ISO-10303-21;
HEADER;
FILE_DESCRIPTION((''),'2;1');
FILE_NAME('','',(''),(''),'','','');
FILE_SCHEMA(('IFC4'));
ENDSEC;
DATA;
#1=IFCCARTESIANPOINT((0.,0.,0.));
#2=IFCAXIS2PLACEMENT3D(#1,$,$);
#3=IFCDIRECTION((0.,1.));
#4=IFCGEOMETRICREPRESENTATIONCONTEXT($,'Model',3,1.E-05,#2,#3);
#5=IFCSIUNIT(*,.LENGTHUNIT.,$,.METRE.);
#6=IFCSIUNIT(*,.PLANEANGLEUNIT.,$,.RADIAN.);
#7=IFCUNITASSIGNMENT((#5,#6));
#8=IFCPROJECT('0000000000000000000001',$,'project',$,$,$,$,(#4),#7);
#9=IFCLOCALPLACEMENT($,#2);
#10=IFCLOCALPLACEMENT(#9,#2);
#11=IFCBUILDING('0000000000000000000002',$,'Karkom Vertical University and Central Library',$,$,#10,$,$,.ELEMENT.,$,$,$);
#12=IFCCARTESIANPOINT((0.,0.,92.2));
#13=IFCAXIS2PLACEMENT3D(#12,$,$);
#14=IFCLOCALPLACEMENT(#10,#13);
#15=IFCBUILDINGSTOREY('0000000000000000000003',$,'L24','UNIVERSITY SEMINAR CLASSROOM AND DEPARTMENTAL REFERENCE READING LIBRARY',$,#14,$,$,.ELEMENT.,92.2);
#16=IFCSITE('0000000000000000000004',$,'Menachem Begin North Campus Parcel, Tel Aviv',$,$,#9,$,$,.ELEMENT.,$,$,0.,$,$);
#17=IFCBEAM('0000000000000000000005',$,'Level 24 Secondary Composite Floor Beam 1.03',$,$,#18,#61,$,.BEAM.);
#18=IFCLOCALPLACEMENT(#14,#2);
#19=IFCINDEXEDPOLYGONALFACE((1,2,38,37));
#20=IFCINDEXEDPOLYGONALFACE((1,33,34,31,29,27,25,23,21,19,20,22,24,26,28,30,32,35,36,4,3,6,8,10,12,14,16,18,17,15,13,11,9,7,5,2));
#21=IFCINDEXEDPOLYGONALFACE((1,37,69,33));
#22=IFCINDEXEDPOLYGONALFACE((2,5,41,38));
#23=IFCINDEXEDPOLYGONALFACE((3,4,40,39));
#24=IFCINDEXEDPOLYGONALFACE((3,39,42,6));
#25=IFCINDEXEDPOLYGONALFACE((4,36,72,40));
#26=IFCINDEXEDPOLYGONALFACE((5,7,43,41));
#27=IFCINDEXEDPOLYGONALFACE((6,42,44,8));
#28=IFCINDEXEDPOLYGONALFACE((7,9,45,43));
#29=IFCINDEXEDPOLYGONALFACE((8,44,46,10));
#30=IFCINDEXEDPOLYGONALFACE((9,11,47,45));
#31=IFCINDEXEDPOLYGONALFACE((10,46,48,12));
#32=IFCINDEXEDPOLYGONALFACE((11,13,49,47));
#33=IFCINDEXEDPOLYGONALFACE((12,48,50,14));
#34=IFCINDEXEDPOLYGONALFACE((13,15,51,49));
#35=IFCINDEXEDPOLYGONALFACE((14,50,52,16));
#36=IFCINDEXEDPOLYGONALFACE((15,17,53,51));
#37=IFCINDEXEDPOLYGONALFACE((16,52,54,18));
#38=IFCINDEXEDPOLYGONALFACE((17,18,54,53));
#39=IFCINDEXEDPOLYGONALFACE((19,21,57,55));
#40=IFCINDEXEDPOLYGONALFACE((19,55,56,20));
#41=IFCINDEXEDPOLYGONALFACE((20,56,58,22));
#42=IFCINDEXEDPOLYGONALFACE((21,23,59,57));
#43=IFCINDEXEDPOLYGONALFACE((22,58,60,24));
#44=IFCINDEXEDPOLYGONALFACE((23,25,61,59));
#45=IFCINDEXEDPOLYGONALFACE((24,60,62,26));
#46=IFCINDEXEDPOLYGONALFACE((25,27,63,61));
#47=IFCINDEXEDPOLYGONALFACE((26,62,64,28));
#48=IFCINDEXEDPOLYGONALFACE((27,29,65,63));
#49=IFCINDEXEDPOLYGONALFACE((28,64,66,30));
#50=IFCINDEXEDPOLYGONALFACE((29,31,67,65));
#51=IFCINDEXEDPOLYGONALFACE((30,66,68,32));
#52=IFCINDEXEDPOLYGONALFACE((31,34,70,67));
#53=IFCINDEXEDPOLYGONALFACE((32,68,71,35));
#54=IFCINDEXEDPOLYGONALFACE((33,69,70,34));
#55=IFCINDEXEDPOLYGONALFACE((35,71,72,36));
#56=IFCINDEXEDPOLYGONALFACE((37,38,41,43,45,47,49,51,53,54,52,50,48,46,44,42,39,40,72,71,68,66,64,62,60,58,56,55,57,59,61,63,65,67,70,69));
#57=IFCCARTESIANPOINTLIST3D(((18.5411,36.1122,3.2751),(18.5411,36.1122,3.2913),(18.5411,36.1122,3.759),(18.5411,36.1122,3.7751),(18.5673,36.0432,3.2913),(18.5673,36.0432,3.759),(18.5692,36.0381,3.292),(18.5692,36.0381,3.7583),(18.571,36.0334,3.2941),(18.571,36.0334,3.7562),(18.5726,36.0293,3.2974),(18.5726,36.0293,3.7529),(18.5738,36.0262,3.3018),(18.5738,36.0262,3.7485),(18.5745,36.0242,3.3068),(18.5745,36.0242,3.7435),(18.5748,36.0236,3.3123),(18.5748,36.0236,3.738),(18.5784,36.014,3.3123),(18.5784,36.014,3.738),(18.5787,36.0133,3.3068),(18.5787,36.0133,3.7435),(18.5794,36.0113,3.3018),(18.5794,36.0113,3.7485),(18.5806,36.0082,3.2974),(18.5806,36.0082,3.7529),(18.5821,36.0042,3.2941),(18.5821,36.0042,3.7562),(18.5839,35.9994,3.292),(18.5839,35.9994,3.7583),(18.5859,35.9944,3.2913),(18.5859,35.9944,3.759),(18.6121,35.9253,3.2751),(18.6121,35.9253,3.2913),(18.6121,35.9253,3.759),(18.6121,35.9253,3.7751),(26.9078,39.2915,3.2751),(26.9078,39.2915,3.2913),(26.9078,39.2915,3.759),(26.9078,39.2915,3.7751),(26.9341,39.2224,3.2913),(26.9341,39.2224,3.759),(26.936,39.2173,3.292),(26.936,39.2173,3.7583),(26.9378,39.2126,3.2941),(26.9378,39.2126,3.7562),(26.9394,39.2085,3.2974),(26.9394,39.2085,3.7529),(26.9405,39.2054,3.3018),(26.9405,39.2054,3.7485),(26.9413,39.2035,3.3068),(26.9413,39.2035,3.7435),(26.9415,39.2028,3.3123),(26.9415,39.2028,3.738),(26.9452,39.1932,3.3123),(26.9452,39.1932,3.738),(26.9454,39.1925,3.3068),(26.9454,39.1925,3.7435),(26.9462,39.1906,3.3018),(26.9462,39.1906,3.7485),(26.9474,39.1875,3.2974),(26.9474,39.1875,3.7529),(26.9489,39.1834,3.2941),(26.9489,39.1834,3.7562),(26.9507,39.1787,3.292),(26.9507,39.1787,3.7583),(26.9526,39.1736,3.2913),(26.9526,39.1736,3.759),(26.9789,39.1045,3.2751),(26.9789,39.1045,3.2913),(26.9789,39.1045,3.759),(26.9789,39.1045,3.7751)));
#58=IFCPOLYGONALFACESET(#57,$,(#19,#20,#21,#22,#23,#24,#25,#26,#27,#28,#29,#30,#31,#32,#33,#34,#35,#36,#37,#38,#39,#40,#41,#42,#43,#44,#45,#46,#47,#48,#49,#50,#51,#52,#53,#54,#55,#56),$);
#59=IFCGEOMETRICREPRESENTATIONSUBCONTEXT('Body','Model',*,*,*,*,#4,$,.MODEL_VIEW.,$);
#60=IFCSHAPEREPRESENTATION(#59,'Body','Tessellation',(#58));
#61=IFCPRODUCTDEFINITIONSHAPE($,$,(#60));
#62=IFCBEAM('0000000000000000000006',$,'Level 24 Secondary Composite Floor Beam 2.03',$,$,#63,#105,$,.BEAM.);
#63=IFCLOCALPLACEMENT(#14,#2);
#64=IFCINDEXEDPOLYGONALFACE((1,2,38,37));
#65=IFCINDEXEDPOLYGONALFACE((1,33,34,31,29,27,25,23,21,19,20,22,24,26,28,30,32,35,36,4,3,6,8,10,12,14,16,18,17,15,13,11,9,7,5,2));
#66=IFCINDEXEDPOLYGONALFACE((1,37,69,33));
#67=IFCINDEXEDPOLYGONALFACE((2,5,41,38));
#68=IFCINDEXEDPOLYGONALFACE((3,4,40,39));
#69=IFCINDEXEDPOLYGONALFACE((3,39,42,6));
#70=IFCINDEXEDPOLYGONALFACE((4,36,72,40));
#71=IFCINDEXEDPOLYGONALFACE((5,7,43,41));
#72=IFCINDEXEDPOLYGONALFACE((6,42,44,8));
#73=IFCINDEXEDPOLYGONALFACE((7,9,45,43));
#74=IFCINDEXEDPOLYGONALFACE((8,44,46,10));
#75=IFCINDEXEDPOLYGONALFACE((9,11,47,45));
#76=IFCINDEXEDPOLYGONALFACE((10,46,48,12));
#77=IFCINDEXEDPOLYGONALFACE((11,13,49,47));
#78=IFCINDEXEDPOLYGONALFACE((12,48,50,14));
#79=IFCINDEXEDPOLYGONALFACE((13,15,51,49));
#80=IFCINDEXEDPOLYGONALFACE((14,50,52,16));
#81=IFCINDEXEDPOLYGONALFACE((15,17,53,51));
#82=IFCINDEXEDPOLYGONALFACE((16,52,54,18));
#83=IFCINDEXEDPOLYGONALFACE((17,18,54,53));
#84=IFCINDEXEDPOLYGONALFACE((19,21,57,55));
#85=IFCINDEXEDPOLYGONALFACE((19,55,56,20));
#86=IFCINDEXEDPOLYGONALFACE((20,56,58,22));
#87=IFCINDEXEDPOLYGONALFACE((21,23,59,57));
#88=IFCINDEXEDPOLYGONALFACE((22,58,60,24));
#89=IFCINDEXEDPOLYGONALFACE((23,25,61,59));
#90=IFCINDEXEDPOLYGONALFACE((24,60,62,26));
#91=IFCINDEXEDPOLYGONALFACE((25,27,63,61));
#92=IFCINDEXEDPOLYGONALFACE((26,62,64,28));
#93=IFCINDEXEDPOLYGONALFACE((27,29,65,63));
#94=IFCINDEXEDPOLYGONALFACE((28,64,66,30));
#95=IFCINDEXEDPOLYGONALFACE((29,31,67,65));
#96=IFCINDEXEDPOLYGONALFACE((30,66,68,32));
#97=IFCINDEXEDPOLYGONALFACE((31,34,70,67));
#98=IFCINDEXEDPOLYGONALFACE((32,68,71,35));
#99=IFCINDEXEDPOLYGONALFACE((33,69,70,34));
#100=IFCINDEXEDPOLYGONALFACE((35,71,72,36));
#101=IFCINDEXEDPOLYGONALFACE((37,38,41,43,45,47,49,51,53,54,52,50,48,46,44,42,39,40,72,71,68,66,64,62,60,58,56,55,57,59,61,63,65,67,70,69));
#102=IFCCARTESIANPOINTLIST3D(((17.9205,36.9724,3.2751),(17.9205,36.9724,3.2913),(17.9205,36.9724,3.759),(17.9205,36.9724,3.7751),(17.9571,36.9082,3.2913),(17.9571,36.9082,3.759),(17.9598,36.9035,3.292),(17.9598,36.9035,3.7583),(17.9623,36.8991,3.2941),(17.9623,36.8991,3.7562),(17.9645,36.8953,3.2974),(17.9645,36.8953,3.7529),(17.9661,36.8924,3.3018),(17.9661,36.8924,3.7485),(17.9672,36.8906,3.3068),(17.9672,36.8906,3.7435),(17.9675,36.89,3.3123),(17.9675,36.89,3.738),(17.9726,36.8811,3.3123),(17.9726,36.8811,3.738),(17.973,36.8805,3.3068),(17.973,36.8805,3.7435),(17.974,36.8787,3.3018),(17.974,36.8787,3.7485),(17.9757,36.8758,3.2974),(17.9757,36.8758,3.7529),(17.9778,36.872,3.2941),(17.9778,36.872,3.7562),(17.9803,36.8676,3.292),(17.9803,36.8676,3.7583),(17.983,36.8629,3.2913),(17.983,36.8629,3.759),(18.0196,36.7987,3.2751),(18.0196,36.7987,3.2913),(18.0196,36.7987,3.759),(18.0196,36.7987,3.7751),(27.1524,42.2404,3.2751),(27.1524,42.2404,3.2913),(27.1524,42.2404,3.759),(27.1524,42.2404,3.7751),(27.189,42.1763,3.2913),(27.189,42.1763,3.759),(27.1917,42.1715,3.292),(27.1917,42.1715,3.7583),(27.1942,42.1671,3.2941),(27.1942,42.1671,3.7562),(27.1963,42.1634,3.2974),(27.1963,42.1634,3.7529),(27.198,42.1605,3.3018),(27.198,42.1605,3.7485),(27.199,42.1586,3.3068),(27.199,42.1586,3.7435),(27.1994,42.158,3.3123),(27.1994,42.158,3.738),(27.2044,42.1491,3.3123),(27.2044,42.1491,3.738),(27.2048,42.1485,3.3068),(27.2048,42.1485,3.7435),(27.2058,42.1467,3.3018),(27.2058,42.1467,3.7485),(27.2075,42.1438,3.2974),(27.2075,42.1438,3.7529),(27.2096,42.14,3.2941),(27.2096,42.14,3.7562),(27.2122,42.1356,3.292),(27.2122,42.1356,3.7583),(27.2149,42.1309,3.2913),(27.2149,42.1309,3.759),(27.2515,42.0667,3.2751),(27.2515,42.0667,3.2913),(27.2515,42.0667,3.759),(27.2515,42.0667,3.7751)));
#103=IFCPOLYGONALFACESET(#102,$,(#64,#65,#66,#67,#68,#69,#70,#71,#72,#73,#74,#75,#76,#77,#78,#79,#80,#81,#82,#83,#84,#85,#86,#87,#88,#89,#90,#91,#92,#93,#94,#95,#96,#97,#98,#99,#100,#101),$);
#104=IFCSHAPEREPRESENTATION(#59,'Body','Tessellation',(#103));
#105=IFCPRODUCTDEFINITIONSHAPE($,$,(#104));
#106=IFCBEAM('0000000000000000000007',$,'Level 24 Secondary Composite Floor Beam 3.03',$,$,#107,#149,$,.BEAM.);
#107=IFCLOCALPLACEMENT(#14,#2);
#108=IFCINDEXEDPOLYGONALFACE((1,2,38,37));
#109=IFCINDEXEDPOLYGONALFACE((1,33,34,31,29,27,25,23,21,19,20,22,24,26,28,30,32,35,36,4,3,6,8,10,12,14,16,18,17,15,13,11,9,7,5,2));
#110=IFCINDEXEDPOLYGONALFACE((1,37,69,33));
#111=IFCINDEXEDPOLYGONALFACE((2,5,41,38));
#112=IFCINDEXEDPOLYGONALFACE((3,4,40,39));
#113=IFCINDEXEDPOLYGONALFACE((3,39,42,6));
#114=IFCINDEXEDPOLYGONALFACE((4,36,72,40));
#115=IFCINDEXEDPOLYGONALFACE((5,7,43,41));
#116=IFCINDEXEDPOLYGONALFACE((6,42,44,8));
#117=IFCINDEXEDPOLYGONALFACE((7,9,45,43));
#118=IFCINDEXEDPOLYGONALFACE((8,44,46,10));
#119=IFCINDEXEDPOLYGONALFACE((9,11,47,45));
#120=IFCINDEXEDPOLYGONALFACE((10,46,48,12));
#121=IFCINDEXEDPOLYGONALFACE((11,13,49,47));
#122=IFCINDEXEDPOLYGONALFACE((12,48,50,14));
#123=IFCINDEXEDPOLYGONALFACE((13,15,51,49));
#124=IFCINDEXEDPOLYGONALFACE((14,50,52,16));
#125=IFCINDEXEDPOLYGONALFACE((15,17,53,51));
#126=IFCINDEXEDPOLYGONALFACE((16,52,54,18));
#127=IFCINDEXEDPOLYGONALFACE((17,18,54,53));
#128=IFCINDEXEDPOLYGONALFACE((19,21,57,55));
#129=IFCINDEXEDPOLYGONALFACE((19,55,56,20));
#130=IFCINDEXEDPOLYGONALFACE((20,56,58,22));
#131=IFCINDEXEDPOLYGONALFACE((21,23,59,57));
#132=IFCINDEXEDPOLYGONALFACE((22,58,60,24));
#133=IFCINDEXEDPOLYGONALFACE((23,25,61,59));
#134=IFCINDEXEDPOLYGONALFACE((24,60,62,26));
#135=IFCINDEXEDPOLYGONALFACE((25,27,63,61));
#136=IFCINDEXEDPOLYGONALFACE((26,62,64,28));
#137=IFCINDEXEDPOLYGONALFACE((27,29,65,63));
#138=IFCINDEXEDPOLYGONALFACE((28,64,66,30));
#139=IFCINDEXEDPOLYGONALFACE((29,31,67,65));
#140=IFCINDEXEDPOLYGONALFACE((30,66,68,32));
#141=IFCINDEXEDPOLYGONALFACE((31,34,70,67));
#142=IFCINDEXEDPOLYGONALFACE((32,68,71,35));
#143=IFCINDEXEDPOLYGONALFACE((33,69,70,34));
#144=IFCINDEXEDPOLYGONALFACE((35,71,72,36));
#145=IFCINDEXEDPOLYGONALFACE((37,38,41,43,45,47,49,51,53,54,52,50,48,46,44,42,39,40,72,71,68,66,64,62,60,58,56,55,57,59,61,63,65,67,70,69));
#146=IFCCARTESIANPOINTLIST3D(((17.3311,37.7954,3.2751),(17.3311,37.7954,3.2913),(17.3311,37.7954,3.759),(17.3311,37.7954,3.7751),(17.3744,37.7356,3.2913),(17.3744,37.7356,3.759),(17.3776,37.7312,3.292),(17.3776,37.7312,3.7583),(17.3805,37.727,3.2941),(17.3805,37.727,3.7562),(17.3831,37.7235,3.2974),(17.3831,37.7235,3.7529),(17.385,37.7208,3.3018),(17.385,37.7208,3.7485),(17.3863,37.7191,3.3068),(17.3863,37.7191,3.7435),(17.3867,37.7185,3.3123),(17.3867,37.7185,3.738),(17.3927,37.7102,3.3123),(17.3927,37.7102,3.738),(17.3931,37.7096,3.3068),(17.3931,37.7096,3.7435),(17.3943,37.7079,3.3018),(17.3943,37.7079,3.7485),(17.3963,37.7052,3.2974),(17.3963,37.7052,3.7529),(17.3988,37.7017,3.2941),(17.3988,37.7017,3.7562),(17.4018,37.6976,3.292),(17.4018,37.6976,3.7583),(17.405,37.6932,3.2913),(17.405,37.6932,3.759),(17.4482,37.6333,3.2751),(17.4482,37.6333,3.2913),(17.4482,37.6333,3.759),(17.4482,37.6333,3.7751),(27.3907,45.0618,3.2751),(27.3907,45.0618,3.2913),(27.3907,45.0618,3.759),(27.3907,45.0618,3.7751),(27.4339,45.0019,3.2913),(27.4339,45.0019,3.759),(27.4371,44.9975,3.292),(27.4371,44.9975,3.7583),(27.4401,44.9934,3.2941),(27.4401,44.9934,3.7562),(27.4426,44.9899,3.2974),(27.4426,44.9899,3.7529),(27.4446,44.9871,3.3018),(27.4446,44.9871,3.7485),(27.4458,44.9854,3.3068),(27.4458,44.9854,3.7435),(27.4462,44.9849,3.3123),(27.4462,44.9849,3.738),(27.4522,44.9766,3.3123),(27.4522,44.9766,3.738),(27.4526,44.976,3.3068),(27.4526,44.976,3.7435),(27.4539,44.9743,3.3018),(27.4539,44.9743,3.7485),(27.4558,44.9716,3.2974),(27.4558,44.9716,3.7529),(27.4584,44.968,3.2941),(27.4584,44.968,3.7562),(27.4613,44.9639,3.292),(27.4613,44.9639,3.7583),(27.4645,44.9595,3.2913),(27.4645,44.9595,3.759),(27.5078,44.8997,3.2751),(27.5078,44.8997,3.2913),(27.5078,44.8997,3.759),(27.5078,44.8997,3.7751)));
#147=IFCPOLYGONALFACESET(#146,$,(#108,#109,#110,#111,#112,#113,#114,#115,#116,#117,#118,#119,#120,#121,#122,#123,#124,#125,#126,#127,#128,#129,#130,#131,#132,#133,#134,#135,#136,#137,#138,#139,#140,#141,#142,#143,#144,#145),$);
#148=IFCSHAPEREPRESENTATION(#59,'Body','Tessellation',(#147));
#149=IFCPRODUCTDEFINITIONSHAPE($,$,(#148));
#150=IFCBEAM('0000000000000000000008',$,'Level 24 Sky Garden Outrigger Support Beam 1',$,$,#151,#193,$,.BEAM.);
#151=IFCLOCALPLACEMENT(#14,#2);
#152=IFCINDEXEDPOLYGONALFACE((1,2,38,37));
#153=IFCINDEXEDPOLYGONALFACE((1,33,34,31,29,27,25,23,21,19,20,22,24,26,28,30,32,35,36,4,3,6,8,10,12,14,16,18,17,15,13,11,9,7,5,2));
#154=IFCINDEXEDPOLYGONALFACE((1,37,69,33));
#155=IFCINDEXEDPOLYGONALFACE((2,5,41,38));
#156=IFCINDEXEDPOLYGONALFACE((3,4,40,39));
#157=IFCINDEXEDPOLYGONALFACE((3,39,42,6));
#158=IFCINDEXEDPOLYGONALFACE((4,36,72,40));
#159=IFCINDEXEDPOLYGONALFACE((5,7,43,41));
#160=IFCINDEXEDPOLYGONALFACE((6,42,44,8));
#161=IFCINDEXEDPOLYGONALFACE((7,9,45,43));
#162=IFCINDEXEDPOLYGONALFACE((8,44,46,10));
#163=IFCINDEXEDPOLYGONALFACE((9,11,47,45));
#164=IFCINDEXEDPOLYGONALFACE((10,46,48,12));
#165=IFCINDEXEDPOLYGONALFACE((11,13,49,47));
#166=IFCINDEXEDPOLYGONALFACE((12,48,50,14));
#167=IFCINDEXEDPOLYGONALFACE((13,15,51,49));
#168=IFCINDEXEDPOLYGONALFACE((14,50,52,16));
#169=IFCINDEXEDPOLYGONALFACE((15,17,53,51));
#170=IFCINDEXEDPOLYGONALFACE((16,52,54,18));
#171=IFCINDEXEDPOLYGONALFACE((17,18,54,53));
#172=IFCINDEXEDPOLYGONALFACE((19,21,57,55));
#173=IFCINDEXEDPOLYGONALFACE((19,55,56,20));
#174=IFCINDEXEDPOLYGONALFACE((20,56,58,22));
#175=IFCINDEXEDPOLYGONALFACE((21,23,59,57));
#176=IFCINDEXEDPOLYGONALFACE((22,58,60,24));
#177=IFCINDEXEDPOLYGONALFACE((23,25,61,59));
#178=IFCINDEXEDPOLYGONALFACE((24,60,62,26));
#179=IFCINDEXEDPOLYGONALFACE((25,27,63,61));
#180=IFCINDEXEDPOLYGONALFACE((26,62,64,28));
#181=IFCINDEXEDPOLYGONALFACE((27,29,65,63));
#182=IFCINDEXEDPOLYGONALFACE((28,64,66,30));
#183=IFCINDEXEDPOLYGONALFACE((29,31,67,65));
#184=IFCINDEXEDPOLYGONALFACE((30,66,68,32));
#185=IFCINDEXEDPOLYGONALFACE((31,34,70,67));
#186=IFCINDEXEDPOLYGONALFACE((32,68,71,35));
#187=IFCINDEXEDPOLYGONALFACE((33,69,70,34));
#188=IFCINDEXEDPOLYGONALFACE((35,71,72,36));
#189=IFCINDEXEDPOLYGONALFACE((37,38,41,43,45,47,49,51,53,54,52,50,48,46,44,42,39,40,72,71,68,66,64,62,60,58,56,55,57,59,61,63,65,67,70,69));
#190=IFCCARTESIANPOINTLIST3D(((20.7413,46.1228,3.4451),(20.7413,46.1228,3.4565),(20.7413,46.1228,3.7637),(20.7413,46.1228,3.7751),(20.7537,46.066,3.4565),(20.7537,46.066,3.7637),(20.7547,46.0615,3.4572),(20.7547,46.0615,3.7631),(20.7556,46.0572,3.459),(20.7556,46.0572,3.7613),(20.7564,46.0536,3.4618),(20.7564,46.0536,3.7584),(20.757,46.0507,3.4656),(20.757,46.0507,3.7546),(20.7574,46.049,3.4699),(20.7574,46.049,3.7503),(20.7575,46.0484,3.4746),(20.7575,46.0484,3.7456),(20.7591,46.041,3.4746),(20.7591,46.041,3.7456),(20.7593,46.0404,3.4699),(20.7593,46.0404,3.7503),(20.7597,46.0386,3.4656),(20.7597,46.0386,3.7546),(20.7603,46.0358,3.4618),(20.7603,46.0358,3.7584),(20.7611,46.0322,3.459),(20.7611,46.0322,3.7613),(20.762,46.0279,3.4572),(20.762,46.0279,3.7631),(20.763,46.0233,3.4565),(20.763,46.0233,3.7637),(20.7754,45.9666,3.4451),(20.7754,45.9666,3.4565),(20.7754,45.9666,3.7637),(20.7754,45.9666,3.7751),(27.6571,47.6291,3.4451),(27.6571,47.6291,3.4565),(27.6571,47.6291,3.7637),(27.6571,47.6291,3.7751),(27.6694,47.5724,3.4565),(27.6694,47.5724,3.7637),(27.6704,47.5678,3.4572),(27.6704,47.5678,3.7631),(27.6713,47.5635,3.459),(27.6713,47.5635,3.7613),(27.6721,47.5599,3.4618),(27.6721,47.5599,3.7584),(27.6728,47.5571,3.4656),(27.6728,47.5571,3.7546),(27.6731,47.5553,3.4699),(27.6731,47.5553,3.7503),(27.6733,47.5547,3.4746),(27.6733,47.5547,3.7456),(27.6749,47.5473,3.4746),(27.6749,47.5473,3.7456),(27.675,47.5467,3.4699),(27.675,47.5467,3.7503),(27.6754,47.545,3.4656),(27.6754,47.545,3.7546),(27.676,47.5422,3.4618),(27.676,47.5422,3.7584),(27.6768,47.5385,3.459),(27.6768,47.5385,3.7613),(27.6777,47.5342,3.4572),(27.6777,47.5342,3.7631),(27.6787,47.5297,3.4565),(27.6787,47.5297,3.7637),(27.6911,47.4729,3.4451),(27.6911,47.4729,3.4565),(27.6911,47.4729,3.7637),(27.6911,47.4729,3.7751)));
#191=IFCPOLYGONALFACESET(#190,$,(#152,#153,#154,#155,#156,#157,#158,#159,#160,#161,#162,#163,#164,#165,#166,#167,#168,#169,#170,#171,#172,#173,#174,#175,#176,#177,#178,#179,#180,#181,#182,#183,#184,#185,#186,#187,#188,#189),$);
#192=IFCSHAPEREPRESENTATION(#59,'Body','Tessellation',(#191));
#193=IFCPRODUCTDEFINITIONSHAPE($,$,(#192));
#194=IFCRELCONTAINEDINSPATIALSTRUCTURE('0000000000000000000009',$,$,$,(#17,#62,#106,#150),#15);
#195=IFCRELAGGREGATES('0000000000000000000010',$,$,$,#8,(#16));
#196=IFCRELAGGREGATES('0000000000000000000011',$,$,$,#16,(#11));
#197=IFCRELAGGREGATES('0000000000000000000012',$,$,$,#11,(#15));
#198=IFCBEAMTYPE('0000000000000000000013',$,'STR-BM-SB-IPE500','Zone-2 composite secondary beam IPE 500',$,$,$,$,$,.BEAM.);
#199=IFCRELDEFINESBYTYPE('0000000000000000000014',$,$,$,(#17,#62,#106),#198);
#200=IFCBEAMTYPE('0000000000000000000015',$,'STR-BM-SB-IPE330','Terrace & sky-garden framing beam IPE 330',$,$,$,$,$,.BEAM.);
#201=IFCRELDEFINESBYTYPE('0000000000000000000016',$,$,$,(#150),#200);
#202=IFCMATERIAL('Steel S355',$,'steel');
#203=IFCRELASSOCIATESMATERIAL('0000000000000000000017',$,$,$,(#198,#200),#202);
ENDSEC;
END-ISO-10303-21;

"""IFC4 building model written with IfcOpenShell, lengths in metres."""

from ifc_helpers import new_model, si_unit, direction, frame, origin, origin_with_axes, origin_2d, place, context, subcontext, project, spatial, i_section, extrude, source, transform, mapped, material, material_profile, profile_set, type_object, element, save


model = new_model("IFC4")

# Units and contexts
model_context = context("Model", 3, precision=1e-05, world=origin(), true_north=direction((0.0, 1.0)))
body_context = subcontext(model_context, "Body", "Model", "MODEL_VIEW")
ifc_project = project(units=[si_unit("LENGTHUNIT", "METRE"), si_unit("PLANEANGLEUNIT", "RADIAN")], contexts=[model_context])

# Site, building, storey
site_placement = place(None, origin())
site = spatial("IfcSite", under=ifc_project, at=site_placement, Name="Menachem Begin North Campus Parcel, Tel Aviv", CompositionType="ELEMENT", RefElevation=0.0)
building_placement = place(site_placement, origin())
building = spatial("IfcBuilding", under=site, at=building_placement, Name="Karkom Vertical University and Central Library", CompositionType="ELEMENT")
storey_placement = place(building_placement, frame((0.0, 0.0, 92.2)))
storey = spatial("IfcBuildingStorey", under=building, at=storey_placement, Name="L24", Description="UNIVERSITY SEMINAR CLASSROOM AND DEPARTMENTAL REFERENCE READING LIBRARY", CompositionType="ELEMENT", Elevation=92.2)

# Beams
ifc_material_1 = material(Name="Steel S355", Category="steel")
ifc_material_profile_1 = material_profile(ifc_material_1, i_section(OverallWidth=0.2, OverallDepth=0.5, WebThickness=0.0103, FlangeThickness=0.0161, FilletRadius=0.021, at=origin_2d()), Name="IPE 500")
ifc_profile_set_1 = profile_set([ifc_material_profile_1], Name="Steel S355")
beam_type_1 = type_object("IfcBeamType", Name="STR-BM-SB-IPE500", Description="Zone-2 composite secondary beam IPE 500", PredefinedType="BEAM", material=ifc_profile_set_1)
shared_shape_1 = source(origin_with_axes(), body_context, "Body", "SweptSolid", [
    extrude(i_section(OverallWidth=0.2, OverallDepth=0.5, WebThickness=0.0103, FlangeThickness=0.0161, FilletRadius=0.021, at=origin_2d()), origin(), (0.0, 0.0, 1.0), 8.9504),
])
beam_1_placement = place(storey_placement, frame((26.9434, 39.198, 3.5251), z_axis=(-0.934789, -0.355203, 0.0), x_axis=(0.355203, -0.934789, 0.0)))
element("IfcBeam", 1, at=beam_1_placement, inside=storey, type_object=beam_type_1, Name="Level 24 Secondary Composite Floor Beam 1.03", PredefinedType="BEAM", context=body_context, shape_type="MappedRepresentation", body=[
    mapped(shared_shape_1, transform((0.0, 0.0, 0.0), scale=1.0)),
])
shared_shape_2 = source(origin_with_axes(), body_context, "Body", "SweptSolid", [
    extrude(i_section(OverallWidth=0.2, OverallDepth=0.5, WebThickness=0.0103, FlangeThickness=0.0161, FilletRadius=0.021, at=origin_2d()), origin(), (0.0, 0.0, 1.0), 10.6292),
])
beam_2_placement = place(storey_placement, frame((27.2019, 42.1536, 3.5251), z_axis=(-0.86854, -0.495619, 0.0), x_axis=(0.495619, -0.86854, 0.0)))
element("IfcBeam", 2, at=beam_2_placement, inside=storey, type_object=beam_type_1, Name="Level 24 Secondary Composite Floor Beam 2.03", PredefinedType="BEAM", context=body_context, shape_type="MappedRepresentation", body=[
    mapped(shared_shape_2, transform((0.0, 0.0, 0.0), scale=1.0)),
])
shared_shape_3 = source(origin_with_axes(), body_context, "Body", "SweptSolid", [
    extrude(i_section(OverallWidth=0.2, OverallDepth=0.5, WebThickness=0.0103, FlangeThickness=0.0161, FilletRadius=0.021, at=origin_2d()), origin(), (0.0, 0.0, 1.0), 12.4094),
])
beam_3_placement = place(storey_placement, frame((27.4492, 44.9807, 3.5251), z_axis=(-0.810637, -0.585549, 0.0), x_axis=(0.585549, -0.810637, 0.0)))
element("IfcBeam", 3, at=beam_3_placement, inside=storey, type_object=beam_type_1, Name="Level 24 Secondary Composite Floor Beam 3.03", PredefinedType="BEAM", context=body_context, shape_type="MappedRepresentation", body=[
    mapped(shared_shape_3, transform((0.0, 0.0, 0.0), scale=1.0)),
])
ifc_material_profile_2 = material_profile(ifc_material_1, i_section(OverallWidth=0.1599, OverallDepth=0.3301, WebThickness=0.0076, FlangeThickness=0.0115, FilletRadius=0.0181, at=origin_2d()), Name="IPE 330")
ifc_profile_set_2 = profile_set([ifc_material_profile_2], Name="Steel S355")
beam_type_2 = type_object("IfcBeamType", Name="STR-BM-SB-IPE330", Description="Terrace & sky-garden framing beam IPE 330", PredefinedType="BEAM", material=ifc_profile_set_2)
shared_shape_4 = source(origin_with_axes(), body_context, "Body", "SweptSolid", [
    extrude(i_section(OverallWidth=0.1599, OverallDepth=0.3301, WebThickness=0.0076, FlangeThickness=0.0115, FilletRadius=0.0181, at=origin_2d()), origin(), (0.0, 0.0, 1.0), 7.0779),
])
beam_4_placement = place(storey_placement, frame((27.6741, 47.551, 3.6101), z_axis=(-0.977091, -0.212823, 0.0), x_axis=(0.212823, -0.977091, 0.0)))
element("IfcBeam", 4, at=beam_4_placement, inside=storey, type_object=beam_type_2, Name="Level 24 Sky Garden Outrigger Support Beam 1", PredefinedType="BEAM", context=body_context, shape_type="MappedRepresentation", body=[
    mapped(shared_shape_4, transform((0.0, 0.0, 0.0), scale=1.0)),
])

save(model, "model.ifc")
